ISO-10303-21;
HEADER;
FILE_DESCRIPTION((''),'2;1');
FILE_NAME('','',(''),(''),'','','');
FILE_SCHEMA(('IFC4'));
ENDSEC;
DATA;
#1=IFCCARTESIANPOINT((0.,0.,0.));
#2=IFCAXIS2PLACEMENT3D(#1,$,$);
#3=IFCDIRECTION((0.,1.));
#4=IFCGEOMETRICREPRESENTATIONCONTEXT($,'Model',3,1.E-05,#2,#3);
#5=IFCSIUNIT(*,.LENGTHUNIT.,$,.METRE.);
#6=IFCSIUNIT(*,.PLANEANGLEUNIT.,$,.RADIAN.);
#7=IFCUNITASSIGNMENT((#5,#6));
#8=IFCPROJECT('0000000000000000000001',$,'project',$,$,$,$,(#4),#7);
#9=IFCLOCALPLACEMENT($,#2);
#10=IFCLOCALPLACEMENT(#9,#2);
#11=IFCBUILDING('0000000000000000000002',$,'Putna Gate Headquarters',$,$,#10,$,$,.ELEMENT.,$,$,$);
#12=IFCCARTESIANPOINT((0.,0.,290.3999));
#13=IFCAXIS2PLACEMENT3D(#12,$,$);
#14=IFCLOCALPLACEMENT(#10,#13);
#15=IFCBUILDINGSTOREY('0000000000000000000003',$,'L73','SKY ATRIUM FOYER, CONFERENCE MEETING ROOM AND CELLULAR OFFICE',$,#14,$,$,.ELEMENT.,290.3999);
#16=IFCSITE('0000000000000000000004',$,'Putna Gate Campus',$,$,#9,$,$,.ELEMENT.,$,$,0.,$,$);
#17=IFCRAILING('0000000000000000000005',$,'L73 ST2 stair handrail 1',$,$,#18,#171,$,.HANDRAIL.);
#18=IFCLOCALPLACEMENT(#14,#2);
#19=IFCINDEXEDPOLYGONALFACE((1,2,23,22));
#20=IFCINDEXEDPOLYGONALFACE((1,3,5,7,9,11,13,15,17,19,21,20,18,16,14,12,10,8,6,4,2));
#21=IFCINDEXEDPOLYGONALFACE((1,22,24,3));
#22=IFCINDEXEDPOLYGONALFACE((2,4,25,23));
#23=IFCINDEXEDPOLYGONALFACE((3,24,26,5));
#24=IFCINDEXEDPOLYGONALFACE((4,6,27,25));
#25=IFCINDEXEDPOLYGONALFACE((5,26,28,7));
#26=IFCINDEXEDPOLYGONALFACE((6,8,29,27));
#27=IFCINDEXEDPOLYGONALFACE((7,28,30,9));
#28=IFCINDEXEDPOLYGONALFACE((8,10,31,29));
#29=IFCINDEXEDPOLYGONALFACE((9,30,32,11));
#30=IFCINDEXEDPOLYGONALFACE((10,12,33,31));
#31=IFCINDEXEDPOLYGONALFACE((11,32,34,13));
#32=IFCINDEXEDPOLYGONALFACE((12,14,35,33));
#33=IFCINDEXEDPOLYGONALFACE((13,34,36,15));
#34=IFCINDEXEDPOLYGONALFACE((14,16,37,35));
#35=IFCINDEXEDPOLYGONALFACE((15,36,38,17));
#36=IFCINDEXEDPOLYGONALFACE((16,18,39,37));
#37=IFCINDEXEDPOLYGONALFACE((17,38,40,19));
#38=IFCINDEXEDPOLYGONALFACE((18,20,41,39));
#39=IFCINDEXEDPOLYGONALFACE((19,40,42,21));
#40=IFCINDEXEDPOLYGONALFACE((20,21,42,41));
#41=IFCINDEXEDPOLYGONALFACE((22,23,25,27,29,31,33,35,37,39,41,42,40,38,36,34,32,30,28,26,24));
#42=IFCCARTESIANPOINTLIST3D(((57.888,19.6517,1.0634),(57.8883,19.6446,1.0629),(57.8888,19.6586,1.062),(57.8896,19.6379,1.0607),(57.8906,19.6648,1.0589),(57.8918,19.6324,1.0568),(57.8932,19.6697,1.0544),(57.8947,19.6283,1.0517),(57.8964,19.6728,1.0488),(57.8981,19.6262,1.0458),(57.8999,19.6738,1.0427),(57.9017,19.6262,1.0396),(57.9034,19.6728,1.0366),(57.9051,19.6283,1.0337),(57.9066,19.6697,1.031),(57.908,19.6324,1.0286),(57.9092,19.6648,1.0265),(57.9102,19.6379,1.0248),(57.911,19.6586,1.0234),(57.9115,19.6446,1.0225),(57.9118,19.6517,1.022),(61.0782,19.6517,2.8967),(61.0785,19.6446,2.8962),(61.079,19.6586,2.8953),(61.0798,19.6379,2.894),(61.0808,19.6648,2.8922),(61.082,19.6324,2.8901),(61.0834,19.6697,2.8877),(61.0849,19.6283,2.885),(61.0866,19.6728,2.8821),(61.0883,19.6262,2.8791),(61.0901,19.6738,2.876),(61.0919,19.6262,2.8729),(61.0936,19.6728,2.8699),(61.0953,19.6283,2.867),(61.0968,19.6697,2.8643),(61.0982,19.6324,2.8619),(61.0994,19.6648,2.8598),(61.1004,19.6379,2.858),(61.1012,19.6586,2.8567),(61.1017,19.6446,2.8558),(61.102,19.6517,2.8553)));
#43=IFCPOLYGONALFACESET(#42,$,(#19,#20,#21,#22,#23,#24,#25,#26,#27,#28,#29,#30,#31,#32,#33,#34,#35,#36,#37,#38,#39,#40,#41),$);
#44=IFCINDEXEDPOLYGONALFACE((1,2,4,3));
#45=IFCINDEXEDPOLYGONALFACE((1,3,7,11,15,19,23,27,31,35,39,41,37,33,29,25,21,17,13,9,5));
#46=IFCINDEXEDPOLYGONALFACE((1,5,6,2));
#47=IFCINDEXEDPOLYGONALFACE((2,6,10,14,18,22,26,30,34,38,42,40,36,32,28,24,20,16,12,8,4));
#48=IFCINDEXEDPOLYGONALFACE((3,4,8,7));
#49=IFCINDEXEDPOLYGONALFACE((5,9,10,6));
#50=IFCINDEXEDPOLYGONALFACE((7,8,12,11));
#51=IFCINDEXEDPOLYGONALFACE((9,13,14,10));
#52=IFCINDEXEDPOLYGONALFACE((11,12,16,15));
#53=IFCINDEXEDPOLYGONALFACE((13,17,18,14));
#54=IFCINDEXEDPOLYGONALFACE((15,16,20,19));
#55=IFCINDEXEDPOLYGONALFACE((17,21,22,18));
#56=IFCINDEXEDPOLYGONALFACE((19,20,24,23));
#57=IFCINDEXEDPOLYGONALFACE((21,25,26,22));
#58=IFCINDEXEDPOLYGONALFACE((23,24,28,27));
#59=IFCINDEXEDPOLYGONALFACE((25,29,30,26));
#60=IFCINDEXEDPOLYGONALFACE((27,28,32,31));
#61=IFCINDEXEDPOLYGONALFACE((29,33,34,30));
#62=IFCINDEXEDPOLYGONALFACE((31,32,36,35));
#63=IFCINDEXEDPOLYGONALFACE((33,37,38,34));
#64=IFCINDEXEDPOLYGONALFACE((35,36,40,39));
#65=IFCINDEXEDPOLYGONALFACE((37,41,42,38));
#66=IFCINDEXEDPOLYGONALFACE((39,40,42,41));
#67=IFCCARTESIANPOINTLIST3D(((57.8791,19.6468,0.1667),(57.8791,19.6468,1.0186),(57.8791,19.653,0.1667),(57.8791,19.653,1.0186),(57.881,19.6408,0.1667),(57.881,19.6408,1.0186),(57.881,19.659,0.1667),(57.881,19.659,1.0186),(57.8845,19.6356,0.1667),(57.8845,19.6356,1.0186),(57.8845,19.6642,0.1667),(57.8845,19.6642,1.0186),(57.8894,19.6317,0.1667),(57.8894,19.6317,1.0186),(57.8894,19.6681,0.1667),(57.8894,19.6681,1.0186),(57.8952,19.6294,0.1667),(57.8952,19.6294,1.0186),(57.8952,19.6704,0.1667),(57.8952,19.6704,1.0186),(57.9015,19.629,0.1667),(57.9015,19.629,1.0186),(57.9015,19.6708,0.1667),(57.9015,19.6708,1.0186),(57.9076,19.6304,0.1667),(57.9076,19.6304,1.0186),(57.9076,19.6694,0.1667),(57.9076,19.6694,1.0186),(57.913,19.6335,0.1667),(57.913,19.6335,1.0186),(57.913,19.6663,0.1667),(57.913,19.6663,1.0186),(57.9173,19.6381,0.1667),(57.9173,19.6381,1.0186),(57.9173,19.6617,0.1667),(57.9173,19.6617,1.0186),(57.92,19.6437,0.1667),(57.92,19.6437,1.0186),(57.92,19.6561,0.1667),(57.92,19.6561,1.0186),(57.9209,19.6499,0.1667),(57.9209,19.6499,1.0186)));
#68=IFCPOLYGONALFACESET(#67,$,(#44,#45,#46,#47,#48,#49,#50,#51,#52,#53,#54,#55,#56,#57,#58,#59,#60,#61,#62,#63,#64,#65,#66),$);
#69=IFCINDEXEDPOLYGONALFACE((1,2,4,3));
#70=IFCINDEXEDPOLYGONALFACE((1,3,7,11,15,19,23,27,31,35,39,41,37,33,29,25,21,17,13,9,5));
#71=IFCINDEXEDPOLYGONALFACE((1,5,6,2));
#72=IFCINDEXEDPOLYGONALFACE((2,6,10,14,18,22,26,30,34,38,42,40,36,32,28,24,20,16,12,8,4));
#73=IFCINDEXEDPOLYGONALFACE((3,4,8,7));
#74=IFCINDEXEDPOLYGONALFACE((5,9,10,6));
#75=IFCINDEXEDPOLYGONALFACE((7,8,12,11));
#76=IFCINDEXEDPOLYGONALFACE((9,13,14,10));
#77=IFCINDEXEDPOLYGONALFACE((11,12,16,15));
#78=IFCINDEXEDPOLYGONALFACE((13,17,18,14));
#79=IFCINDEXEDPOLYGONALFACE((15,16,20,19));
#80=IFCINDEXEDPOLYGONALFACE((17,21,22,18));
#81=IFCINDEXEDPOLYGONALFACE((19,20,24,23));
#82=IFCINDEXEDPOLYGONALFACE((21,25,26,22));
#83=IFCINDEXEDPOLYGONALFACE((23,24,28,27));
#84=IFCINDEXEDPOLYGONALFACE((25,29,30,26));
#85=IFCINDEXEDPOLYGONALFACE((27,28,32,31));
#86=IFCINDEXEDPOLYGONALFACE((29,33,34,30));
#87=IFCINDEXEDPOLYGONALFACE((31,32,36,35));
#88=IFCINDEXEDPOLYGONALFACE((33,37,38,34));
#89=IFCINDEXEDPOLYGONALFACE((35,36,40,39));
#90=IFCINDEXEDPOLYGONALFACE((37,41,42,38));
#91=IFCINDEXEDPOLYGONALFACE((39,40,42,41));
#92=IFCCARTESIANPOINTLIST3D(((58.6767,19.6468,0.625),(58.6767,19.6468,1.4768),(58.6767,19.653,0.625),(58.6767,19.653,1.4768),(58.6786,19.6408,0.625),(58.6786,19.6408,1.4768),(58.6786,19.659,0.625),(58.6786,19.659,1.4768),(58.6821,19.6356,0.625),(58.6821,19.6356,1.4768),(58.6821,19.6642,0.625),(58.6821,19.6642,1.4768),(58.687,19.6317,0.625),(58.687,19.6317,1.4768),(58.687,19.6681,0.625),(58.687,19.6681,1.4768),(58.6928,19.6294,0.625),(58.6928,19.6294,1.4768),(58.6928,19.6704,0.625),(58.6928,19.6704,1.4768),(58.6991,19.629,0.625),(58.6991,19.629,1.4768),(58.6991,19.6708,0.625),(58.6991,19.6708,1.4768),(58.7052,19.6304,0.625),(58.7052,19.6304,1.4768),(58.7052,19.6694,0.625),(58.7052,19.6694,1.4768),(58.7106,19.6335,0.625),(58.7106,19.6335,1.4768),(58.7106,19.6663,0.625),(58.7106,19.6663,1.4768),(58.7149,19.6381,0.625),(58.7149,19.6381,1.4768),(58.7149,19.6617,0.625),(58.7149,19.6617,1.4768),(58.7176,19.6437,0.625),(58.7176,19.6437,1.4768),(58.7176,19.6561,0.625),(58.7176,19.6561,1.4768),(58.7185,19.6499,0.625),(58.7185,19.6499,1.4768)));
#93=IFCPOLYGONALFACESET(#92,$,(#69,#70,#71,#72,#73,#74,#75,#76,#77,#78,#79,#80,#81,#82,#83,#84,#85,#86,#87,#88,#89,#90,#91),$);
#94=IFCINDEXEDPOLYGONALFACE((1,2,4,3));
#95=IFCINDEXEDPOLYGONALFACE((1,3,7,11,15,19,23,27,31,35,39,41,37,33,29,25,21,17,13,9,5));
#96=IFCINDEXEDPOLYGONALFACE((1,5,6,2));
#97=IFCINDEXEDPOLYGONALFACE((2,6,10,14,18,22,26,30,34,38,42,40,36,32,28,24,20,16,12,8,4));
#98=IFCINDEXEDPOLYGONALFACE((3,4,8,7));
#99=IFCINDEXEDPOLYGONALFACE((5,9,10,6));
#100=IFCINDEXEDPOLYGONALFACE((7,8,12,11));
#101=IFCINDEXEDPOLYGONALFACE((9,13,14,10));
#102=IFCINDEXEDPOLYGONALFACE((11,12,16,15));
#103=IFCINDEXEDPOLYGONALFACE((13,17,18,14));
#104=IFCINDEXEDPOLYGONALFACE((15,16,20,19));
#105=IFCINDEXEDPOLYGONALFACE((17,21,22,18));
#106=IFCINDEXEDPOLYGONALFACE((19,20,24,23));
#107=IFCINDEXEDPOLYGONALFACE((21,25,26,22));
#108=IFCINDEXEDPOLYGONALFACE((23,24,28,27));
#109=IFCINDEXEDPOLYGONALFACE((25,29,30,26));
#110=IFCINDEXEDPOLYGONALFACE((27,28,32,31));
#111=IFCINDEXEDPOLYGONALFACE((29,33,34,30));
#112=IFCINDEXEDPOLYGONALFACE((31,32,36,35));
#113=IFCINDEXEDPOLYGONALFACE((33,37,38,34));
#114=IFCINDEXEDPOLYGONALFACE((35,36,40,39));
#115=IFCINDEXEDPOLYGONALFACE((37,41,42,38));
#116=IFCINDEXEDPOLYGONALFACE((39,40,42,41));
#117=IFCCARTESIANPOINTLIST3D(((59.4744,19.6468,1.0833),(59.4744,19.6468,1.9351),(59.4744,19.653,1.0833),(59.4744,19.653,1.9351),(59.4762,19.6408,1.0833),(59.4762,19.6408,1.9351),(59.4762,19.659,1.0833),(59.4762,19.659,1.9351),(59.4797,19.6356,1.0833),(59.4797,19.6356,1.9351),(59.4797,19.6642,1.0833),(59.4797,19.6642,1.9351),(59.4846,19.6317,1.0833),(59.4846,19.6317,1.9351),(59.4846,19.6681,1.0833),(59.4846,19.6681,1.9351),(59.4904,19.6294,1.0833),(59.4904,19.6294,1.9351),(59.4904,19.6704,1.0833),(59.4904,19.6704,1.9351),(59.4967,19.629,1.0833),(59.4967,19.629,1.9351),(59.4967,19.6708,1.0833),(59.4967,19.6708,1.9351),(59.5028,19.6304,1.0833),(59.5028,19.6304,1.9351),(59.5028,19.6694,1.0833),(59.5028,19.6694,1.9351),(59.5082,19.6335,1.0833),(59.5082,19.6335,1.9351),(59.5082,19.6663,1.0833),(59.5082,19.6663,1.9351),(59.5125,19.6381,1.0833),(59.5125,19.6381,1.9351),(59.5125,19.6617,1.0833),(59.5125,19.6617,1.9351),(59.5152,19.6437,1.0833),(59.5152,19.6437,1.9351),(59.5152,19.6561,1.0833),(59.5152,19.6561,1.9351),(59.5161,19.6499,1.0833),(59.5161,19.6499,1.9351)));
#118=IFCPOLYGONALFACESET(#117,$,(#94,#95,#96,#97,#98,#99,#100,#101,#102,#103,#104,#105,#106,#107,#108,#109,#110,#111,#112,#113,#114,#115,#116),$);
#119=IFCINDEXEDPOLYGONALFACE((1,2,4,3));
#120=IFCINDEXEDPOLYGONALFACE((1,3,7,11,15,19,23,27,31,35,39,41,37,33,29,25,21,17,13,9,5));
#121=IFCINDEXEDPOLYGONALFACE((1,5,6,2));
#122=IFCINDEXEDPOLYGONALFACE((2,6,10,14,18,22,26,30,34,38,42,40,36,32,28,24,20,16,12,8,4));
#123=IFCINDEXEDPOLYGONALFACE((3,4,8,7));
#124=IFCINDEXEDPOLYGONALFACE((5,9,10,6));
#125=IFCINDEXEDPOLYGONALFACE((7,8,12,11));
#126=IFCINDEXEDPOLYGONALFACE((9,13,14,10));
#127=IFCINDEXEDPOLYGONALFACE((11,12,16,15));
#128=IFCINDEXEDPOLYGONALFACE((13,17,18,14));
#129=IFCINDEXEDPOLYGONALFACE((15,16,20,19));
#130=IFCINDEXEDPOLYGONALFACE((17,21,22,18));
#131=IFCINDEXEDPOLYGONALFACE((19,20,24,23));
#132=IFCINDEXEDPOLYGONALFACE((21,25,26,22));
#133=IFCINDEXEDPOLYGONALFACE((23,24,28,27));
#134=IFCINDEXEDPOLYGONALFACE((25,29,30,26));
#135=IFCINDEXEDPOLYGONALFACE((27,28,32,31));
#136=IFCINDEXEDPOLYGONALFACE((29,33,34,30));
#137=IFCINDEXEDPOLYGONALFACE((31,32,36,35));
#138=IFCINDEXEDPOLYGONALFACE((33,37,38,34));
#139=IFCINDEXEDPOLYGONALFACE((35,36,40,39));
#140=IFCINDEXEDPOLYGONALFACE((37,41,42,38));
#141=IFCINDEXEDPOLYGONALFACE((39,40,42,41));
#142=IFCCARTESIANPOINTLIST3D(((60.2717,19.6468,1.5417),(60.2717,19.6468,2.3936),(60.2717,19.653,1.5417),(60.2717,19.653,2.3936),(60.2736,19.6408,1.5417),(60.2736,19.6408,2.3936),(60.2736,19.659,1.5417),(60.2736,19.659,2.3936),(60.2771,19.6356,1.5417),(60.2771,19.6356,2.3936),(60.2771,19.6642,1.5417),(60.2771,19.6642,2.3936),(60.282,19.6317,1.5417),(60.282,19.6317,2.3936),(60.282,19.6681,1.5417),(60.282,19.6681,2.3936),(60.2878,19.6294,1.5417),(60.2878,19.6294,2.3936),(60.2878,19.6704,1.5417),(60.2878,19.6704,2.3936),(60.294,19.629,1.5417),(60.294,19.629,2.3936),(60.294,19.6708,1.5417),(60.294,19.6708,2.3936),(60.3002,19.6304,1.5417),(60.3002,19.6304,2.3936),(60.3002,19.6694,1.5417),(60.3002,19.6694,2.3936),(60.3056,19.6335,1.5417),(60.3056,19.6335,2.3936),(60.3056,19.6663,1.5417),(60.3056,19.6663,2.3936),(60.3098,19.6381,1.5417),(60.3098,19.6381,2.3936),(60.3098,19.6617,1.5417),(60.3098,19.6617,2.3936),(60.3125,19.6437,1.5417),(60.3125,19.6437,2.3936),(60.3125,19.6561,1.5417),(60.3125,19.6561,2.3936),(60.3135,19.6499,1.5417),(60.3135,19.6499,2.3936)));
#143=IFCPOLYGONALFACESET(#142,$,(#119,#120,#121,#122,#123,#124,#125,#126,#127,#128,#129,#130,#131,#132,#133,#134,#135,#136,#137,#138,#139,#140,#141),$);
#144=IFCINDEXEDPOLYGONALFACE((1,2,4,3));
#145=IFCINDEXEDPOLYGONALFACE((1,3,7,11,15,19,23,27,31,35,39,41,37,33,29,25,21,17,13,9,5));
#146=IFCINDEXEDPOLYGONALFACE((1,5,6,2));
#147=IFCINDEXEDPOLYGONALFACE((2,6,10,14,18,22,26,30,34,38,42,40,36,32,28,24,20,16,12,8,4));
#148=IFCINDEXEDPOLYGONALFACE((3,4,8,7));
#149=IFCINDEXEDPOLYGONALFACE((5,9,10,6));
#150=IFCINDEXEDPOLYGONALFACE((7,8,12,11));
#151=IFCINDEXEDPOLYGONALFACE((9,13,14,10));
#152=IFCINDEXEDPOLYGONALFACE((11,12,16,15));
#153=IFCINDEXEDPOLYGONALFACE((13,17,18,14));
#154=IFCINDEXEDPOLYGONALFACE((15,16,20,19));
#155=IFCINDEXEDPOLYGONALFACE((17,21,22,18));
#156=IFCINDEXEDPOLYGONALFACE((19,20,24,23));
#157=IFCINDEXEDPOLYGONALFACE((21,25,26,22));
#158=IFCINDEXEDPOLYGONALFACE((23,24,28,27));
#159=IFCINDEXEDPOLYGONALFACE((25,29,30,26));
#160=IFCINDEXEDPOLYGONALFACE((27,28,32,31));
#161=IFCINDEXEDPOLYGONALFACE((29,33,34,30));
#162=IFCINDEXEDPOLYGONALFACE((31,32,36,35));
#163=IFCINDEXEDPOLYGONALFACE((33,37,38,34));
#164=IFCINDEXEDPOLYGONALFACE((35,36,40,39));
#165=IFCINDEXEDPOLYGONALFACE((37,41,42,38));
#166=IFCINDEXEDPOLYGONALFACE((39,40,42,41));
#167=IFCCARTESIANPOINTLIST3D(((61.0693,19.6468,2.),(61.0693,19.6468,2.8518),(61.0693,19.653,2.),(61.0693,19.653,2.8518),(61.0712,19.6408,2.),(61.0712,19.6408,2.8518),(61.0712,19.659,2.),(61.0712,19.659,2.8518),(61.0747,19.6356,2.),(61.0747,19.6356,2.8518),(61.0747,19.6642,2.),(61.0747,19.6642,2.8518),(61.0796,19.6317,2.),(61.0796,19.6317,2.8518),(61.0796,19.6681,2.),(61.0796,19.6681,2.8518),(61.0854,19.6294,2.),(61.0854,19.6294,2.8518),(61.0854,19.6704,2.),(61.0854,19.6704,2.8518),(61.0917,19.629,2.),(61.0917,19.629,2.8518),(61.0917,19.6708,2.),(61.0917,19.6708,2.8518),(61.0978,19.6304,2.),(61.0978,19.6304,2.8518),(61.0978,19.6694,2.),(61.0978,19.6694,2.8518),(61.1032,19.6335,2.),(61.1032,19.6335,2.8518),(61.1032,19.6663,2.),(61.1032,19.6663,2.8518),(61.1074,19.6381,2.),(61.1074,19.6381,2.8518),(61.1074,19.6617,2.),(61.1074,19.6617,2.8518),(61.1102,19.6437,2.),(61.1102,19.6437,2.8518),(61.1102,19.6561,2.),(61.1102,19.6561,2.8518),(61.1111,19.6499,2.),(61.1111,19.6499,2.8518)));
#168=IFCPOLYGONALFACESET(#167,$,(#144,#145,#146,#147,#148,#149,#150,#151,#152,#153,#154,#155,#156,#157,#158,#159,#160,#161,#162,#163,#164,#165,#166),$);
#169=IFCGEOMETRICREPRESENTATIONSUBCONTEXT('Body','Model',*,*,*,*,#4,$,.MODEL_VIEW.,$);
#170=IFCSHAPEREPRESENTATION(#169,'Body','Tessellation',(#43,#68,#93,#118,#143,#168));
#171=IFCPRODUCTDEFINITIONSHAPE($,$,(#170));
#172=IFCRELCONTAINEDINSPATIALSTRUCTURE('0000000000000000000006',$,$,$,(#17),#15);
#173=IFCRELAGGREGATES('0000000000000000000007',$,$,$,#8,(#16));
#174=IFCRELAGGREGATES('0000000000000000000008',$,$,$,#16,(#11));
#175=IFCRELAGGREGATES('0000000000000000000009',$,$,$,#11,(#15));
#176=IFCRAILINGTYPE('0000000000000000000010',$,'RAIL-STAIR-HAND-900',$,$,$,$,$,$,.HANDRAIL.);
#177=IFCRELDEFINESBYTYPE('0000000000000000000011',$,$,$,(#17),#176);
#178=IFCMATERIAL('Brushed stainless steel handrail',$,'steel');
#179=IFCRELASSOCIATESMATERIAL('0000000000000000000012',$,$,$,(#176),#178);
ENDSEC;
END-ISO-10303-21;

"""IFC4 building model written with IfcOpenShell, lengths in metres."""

from ifc_helpers import new_model, si_unit, direction, frame, origin, origin_2d, place, context, subcontext, project, spatial, circle, extrude, material, type_object, element, save


model = new_model("IFC4")

# Units and contexts
model_context = context("Model", 3, precision=1e-05, world=origin(), true_north=direction((0.0, 1.0)))
body_context = subcontext(model_context, "Body", "Model", "MODEL_VIEW")
ifc_project = project(units=[si_unit("LENGTHUNIT", "METRE"), si_unit("PLANEANGLEUNIT", "RADIAN")], contexts=[model_context])

# Site, building, storey
site_placement = place(None, origin())
site = spatial("IfcSite", under=ifc_project, at=site_placement, Name="Putna Gate Campus", CompositionType="ELEMENT", RefElevation=0.0)
building_placement = place(site_placement, origin())
building = spatial("IfcBuilding", under=site, at=building_placement, Name="Putna Gate Headquarters", CompositionType="ELEMENT")
storey_placement = place(building_placement, frame((0.0, 0.0, 290.3999)))
storey = spatial("IfcBuildingStorey", under=building, at=storey_placement, Name="L73", Description="SKY ATRIUM FOYER, CONFERENCE MEETING ROOM AND CELLULAR OFFICE", CompositionType="ELEMENT", Elevation=290.3999)

# Railing
ifc_material_1 = material(Name="Brushed stainless steel handrail", Category="steel")
railing_type_1 = type_object("IfcRailingType", Name="RAIL-STAIR-HAND-900", PredefinedType="HANDRAIL", material=ifc_material_1)
railing_1_placement = place(storey_placement, frame((57.8999, 19.6499, 0.1667)))
element("IfcRailing", 1, at=railing_1_placement, inside=storey, type_object=railing_type_1, Name="L73 ST2 stair handrail 1", PredefinedType="HANDRAIL", context=body_context, shape_type="SweptSolid", body=[
    extrude(circle(Radius=0.0239, at=origin_2d()), frame((0.0, 0.0, 0.876), z_axis=(0.867036, 0.0, 0.498245), x_axis=(0.0, 1.0, 0.0)), (0.0, 0.0, 1.0), 3.6794),
    extrude(circle(Radius=0.021, at=origin_2d()), origin(), (0.0, 0.0, 1.0), 0.8518),
    extrude(circle(Radius=0.021, at=origin_2d()), frame((0.7976, 0.0, 0.4583)), (0.0, 0.0, 1.0), 0.8518),
    extrude(circle(Radius=0.021, at=origin_2d()), frame((1.5952, 0.0, 0.9165)), (0.0, 0.0, 1.0), 0.8518),
    extrude(circle(Radius=0.021, at=origin_2d()), frame((2.3926, 0.0, 1.375)), (0.0, 0.0, 1.0), 0.8518),
    extrude(circle(Radius=0.021, at=origin_2d()), frame((3.1902, 0.0, 1.8333)), (0.0, 0.0, 1.0), 0.8518),
])

save(model, "model.ifc")
